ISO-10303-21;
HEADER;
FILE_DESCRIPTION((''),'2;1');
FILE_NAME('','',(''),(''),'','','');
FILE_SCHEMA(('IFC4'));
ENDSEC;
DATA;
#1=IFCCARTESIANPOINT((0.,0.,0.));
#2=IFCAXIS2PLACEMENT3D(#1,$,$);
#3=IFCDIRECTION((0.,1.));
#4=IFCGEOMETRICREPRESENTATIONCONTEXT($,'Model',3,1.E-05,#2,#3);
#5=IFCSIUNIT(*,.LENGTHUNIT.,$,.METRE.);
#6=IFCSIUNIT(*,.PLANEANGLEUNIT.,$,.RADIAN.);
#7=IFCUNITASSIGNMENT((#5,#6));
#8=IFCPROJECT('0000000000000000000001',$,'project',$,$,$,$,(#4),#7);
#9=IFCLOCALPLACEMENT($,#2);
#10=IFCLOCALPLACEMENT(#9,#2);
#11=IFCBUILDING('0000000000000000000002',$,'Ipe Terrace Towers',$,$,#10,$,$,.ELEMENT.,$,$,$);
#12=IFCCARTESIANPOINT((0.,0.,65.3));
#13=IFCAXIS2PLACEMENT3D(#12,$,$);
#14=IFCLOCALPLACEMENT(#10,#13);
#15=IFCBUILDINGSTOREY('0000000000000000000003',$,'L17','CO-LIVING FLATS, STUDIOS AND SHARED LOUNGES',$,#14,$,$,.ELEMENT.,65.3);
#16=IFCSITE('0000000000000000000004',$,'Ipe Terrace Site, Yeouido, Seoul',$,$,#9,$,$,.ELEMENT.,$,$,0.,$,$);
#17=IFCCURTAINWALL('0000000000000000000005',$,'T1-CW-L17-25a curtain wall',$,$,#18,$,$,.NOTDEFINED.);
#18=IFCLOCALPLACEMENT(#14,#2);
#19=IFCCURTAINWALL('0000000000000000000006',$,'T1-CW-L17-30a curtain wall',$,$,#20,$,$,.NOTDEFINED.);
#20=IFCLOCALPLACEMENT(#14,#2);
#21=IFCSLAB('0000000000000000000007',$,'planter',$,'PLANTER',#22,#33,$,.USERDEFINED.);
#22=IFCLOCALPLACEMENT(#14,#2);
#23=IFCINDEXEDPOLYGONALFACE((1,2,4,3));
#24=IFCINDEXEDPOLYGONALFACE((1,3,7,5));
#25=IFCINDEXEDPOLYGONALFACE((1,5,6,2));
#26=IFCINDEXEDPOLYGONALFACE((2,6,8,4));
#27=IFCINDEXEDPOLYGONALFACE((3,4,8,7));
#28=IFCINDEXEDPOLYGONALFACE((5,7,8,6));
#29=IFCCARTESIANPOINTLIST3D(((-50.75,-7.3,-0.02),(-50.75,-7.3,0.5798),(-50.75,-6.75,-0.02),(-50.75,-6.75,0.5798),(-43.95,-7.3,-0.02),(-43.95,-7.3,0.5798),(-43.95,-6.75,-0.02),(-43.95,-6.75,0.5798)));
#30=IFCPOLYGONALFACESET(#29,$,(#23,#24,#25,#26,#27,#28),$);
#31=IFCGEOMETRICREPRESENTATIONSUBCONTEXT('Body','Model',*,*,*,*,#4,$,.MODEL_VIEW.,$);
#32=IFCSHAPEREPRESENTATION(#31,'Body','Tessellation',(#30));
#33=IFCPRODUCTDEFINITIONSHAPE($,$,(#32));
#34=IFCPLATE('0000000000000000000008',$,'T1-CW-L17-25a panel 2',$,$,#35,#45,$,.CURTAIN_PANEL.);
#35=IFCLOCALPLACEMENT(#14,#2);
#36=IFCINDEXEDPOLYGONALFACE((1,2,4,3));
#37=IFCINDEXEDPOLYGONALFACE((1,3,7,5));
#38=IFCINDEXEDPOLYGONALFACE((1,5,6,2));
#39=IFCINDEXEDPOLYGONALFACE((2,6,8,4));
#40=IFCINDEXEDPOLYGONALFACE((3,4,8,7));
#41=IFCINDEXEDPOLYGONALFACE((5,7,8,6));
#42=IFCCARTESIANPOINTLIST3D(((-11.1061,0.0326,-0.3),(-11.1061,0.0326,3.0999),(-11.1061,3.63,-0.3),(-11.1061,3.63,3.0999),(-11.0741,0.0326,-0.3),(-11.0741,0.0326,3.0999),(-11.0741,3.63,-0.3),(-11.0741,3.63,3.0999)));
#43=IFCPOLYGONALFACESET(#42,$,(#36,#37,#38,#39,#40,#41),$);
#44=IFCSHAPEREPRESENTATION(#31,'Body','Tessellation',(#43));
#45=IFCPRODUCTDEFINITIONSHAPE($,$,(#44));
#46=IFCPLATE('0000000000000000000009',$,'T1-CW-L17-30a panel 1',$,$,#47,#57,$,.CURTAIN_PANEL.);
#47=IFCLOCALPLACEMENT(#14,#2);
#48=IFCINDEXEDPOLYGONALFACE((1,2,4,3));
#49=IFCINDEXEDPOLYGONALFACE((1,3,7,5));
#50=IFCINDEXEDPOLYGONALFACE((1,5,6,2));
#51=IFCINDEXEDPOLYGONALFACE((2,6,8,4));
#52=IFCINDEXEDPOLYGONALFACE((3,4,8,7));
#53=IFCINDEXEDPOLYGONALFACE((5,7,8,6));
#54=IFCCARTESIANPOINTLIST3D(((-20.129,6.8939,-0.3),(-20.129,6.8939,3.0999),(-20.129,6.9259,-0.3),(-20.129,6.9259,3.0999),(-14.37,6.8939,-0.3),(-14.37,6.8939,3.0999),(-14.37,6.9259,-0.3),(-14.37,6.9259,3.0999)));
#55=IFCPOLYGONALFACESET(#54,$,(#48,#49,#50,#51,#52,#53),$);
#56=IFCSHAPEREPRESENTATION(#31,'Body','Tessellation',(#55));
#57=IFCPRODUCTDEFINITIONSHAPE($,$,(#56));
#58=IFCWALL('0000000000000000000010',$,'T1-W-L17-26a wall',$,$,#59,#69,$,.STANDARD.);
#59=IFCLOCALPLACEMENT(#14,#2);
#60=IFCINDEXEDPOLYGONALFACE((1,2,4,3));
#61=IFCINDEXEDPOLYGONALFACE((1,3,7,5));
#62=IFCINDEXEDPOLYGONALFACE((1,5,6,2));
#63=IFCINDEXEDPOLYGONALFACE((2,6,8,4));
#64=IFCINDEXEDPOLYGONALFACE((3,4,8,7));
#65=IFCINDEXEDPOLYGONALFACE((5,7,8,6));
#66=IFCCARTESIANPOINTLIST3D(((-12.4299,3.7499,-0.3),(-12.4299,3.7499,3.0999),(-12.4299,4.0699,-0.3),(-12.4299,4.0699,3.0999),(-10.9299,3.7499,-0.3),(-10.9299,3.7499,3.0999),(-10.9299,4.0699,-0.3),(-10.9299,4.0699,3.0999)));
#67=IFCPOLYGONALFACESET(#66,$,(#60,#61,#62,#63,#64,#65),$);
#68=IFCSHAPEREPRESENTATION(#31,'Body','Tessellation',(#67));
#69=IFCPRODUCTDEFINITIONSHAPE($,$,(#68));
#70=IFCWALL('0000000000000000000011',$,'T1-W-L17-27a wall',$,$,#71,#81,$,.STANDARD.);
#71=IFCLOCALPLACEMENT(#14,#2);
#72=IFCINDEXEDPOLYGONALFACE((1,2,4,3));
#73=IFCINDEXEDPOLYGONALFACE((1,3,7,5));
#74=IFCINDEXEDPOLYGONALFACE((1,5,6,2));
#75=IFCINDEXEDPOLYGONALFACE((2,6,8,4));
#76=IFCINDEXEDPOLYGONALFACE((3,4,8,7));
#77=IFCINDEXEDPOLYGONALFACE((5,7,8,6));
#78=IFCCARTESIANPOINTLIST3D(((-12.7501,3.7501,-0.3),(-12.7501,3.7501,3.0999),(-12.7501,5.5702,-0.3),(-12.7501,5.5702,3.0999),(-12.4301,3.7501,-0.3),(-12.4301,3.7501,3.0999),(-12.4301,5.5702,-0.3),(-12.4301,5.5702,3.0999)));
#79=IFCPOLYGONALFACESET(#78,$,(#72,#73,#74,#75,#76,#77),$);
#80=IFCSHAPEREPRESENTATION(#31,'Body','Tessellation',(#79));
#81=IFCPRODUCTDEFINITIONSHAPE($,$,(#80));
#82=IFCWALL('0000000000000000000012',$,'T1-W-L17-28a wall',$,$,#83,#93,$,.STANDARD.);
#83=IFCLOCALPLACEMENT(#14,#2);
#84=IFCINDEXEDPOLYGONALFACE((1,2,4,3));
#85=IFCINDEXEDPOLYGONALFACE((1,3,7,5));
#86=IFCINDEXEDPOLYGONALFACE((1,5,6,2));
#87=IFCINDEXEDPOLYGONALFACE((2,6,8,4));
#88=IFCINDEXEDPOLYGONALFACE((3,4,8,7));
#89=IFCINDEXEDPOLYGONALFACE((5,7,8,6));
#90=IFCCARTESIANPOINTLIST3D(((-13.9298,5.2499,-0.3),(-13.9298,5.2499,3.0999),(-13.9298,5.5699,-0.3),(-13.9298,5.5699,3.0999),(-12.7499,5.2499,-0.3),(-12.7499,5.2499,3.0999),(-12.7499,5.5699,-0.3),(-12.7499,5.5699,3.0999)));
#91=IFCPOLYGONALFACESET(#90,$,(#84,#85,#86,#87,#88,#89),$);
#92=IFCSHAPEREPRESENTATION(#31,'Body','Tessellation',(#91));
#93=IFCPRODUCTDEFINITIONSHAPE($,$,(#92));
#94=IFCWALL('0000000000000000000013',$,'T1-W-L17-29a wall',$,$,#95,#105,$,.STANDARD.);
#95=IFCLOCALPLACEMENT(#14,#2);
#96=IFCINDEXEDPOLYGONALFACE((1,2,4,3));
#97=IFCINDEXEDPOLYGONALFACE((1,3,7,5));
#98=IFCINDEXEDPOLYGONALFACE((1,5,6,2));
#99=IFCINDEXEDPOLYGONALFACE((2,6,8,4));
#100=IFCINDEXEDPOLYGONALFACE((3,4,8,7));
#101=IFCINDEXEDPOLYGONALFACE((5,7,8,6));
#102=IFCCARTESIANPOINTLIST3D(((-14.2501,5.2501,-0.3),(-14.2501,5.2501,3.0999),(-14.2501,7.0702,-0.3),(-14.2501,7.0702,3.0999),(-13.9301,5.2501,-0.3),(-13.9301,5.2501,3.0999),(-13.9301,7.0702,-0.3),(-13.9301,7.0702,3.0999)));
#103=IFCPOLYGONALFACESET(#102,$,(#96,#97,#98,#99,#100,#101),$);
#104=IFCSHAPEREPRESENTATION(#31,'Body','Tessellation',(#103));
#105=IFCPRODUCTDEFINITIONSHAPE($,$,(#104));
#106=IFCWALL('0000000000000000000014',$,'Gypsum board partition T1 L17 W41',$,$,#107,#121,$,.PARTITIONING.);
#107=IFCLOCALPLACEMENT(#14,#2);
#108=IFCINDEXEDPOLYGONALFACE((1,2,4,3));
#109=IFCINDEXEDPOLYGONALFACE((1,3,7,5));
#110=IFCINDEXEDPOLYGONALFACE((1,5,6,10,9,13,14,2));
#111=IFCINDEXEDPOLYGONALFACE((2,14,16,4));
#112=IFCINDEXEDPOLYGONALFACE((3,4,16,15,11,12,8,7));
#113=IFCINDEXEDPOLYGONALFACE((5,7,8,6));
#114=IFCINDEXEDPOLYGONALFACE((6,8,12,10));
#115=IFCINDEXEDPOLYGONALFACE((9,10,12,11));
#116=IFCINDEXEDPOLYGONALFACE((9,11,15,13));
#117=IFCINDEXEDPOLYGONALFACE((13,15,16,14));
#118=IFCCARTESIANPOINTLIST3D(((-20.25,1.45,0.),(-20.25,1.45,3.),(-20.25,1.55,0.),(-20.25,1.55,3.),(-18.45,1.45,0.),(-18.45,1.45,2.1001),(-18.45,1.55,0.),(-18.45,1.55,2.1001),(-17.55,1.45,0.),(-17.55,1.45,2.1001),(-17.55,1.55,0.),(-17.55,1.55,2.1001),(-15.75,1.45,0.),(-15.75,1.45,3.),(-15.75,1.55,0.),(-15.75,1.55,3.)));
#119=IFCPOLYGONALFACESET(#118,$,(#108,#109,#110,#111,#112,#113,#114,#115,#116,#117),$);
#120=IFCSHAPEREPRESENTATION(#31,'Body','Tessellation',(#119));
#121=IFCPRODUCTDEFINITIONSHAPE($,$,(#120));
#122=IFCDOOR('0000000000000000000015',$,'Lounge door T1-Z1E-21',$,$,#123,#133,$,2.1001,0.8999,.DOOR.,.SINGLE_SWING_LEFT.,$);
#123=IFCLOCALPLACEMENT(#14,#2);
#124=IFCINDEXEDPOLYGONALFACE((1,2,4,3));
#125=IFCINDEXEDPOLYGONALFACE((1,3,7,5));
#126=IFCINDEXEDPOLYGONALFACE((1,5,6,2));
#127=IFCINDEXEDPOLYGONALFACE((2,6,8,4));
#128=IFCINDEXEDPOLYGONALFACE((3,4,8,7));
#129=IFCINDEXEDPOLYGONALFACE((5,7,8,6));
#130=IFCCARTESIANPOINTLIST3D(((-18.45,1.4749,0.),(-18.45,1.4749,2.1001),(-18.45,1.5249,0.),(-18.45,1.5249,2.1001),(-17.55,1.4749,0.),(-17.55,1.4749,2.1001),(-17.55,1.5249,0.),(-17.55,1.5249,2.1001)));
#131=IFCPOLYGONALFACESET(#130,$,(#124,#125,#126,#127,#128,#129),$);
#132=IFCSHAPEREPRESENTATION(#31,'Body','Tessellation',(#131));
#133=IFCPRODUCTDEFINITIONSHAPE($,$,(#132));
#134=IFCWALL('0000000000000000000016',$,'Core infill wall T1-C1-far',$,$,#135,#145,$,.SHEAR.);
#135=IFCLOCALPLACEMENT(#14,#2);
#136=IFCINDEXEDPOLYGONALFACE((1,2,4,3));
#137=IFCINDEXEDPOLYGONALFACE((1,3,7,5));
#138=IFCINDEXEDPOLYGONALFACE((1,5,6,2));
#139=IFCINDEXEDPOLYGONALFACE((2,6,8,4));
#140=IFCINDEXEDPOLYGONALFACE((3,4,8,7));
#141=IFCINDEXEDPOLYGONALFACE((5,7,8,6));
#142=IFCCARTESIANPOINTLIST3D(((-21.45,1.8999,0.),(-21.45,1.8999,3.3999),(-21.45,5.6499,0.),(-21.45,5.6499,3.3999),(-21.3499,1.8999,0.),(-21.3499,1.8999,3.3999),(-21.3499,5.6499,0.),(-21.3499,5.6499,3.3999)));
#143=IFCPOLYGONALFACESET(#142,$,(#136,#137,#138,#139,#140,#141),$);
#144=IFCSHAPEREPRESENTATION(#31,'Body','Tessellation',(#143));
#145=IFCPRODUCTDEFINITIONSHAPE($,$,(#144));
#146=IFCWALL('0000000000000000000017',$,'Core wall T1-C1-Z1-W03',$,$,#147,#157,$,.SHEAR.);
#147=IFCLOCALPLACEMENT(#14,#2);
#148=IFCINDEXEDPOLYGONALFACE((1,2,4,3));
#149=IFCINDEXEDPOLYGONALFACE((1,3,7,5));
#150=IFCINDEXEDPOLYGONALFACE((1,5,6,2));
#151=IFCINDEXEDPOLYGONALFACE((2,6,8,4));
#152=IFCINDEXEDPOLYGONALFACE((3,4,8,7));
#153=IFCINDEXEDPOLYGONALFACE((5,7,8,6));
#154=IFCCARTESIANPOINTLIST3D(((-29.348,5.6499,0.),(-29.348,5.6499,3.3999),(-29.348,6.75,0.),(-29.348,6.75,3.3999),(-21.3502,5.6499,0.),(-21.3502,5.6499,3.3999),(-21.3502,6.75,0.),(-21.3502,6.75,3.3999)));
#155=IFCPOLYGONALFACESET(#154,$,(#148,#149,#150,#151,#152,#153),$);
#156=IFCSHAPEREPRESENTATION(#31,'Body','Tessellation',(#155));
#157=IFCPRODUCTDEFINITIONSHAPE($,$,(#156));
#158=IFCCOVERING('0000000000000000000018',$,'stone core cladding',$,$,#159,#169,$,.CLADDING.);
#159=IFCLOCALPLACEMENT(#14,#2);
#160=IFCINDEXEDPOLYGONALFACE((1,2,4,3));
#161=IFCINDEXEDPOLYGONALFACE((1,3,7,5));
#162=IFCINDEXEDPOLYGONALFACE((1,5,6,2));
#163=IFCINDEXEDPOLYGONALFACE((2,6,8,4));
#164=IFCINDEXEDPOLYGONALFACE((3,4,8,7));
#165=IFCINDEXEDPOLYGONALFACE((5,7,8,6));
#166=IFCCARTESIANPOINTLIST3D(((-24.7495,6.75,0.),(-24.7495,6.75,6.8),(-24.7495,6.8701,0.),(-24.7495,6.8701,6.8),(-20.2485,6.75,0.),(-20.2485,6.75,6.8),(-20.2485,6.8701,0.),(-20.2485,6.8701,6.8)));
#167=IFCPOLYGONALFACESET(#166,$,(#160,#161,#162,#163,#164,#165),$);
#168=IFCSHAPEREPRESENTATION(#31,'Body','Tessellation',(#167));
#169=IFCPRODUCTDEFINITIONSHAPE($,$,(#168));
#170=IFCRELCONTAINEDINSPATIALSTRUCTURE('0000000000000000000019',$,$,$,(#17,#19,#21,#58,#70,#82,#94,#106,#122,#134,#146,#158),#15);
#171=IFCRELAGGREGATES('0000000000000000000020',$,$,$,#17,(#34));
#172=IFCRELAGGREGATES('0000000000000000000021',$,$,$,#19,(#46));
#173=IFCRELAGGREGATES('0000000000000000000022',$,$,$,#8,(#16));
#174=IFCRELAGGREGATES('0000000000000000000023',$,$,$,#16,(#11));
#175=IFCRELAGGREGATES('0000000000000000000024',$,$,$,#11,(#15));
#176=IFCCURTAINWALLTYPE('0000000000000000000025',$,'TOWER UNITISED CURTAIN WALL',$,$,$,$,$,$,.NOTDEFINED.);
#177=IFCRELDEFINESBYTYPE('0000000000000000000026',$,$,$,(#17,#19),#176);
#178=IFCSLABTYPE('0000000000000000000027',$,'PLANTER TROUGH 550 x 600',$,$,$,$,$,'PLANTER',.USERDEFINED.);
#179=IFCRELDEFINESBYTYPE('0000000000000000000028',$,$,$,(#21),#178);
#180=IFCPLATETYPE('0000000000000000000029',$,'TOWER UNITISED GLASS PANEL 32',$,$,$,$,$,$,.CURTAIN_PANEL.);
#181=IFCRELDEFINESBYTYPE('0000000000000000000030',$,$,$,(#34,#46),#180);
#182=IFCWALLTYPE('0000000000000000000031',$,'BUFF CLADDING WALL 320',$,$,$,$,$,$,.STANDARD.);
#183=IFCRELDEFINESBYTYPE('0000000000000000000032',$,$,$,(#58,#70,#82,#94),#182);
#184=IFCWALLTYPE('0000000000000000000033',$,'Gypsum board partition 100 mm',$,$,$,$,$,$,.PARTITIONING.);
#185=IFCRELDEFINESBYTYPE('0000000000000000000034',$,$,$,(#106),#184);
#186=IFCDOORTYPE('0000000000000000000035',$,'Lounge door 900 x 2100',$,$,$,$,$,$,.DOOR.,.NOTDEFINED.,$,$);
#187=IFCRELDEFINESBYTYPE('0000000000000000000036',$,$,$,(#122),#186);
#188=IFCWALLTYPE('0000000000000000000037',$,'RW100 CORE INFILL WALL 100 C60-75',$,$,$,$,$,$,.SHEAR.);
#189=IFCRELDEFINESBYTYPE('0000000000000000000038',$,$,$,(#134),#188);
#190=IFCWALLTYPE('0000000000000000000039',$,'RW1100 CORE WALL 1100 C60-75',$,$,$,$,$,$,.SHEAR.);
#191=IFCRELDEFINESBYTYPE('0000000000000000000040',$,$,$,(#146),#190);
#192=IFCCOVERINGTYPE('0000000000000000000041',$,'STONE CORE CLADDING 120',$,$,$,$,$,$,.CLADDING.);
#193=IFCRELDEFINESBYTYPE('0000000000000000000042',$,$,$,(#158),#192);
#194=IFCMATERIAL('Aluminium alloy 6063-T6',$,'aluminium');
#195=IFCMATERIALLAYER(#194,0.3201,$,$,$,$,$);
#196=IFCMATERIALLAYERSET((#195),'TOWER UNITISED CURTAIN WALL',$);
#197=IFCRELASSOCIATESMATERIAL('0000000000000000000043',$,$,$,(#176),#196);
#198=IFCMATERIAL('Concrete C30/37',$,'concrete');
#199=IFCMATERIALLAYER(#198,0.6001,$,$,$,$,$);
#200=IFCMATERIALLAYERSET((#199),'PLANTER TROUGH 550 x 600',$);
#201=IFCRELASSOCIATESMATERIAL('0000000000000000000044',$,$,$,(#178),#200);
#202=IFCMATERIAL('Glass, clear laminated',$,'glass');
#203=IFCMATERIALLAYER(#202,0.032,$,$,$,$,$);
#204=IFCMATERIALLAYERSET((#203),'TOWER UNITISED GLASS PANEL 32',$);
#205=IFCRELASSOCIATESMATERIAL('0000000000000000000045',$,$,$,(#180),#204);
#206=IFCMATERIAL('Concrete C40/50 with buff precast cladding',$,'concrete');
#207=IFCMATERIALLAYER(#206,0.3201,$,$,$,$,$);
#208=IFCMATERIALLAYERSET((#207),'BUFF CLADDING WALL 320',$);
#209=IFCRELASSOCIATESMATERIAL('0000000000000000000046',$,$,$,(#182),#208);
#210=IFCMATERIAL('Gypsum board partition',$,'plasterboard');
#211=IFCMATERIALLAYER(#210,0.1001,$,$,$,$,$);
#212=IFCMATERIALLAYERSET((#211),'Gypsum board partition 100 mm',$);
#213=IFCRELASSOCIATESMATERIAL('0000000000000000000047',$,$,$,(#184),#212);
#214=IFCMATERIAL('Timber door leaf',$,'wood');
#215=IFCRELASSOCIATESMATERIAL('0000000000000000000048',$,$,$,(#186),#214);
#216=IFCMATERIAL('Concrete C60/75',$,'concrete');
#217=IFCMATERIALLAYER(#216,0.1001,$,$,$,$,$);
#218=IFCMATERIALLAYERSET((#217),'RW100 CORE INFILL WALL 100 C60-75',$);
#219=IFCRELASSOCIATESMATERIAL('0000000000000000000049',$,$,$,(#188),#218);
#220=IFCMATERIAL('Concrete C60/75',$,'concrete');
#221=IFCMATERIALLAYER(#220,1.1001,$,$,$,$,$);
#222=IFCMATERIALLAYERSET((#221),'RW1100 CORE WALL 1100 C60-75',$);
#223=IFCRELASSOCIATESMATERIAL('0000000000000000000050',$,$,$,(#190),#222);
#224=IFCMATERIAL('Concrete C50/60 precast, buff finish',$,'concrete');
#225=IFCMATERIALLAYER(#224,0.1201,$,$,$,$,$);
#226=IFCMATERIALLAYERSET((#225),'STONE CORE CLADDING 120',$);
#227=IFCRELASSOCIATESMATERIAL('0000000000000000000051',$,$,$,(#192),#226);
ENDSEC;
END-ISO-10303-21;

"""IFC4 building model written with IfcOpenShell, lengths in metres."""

from ifc_helpers import new_model, si_unit, direction, frame, frame_2d, origin, origin_2d, place, context, subcontext, project, spatial, polyline, rectangle, outline, extrude, material, layer, layer_set, type_object, element, fill, aggregate, save


model = new_model("IFC4")

# Units and contexts
model_context = context("Model", 3, precision=1e-05, world=origin(), true_north=direction((0.0, 1.0)))
body_context = subcontext(model_context, "Body", "Model", "MODEL_VIEW")
ifc_project = project(units=[si_unit("LENGTHUNIT", "METRE"), si_unit("PLANEANGLEUNIT", "RADIAN")], contexts=[model_context])

# Site, building, storey
site_placement = place(None, origin())
site = spatial("IfcSite", under=ifc_project, at=site_placement, Name="Ipe Terrace Site, Yeouido, Seoul", CompositionType="ELEMENT", RefElevation=0.0)
building_placement = place(site_placement, origin())
building = spatial("IfcBuilding", under=site, at=building_placement, Name="Ipe Terrace Towers", CompositionType="ELEMENT")
storey_placement = place(building_placement, frame((0.0, 0.0, 65.3)))
storey = spatial("IfcBuildingStorey", under=building, at=storey_placement, Name="L17", Description="CO-LIVING FLATS, STUDIOS AND SHARED LOUNGES", CompositionType="ELEMENT", Elevation=65.3)

# Curtain wall
ifc_material_1 = material(Name="Aluminium alloy 6063-T6", Category="aluminium")
ifc_layer_1 = layer(ifc_material_1, 0.3201)
ifc_layer_set_1 = layer_set([ifc_layer_1], Name="TOWER UNITISED CURTAIN WALL")
curtain_wall_type = type_object("IfcCurtainWallType", Name="TOWER UNITISED CURTAIN WALL", PredefinedType="NOTDEFINED", material=ifc_layer_set_1)
curtain_wall_1_placement = place(storey_placement, origin())
curtain_wall_1 = element("IfcCurtainWall", 1, at=curtain_wall_1_placement, inside=storey, type_object=curtain_wall_type, Name="T1-CW-L17-25a curtain wall", PredefinedType="NOTDEFINED")

# Curtain wall
curtain_wall_2_placement = place(storey_placement, origin())
curtain_wall_2 = element("IfcCurtainWall", 2, at=curtain_wall_2_placement, inside=storey, type_object=curtain_wall_type, Name="T1-CW-L17-30a curtain wall", PredefinedType="NOTDEFINED")

# Slab
ifc_material_2 = material(Name="Concrete C30/37", Category="concrete")
ifc_layer_2 = layer(ifc_material_2, 0.6001)
ifc_layer_set_2 = layer_set([ifc_layer_2], Name="PLANTER TROUGH 550 x 600")
slab_type_1 = type_object("IfcSlabType", Name="PLANTER TROUGH 550 x 600", ElementType="PLANTER", PredefinedType="USERDEFINED", material=ifc_layer_set_2)
slab_1_placement = place(storey_placement, frame((0.0, 0.0, -0.02)))
element("IfcSlab", 3, at=slab_1_placement, inside=storey, type_object=slab_type_1, Name="planter", ObjectType="PLANTER", PredefinedType="USERDEFINED", context=body_context, shape_type="SweptSolid", body=[
    extrude(outline(polyline([(-43.95, -6.75), (-50.75, -6.75), (-50.75, -7.3), (-43.95, -7.3), (-43.95, -6.75)])), origin(), (0.0, 0.0, 1.0), 0.5999),
])

# Plates
ifc_material_3 = material(Name="Glass, clear laminated", Category="glass")
ifc_layer_3 = layer(ifc_material_3, 0.032)
ifc_layer_set_3 = layer_set([ifc_layer_3], Name="TOWER UNITISED GLASS PANEL 32")
plate_type = type_object("IfcPlateType", Name="TOWER UNITISED GLASS PANEL 32", PredefinedType="CURTAIN_PANEL", material=ifc_layer_set_3)
plate_1_placement = place(storey_placement, frame((-11.0901, 1.8313, -0.3), z_axis=(0.0, 0.0, 1.0), x_axis=(0.0, 1.0, 0.0)))
plate_1 = element("IfcPlate", 4, at=plate_1_placement, type_object=plate_type, Name="T1-CW-L17-25a panel 2", PredefinedType="CURTAIN_PANEL", context=body_context, shape_type="SweptSolid", body=[
    extrude(rectangle(XDim=3.5974, YDim=0.032, at=origin_2d()), origin(), (0.0, 0.0, 1.0), 3.3999),
])
aggregate(curtain_wall_1, [plate_1])
plate_2_placement = place(storey_placement, frame((-17.2495, 6.9099, -0.3), z_axis=(0.0, 0.0, 1.0), x_axis=(-1.0, 0.0, 0.0)))
plate_2 = element("IfcPlate", 5, at=plate_2_placement, type_object=plate_type, Name="T1-CW-L17-30a panel 1", PredefinedType="CURTAIN_PANEL", context=body_context, shape_type="SweptSolid", body=[
    extrude(rectangle(XDim=5.759, YDim=0.032, at=origin_2d()), origin(), (0.0, 0.0, 1.0), 3.3999),
])
aggregate(curtain_wall_2, [plate_2])

# Walls
ifc_material_4 = material(Name="Concrete C40/50 with buff precast cladding", Category="concrete")
ifc_layer_4 = layer(ifc_material_4, 0.3201)
ifc_layer_set_4 = layer_set([ifc_layer_4], Name="BUFF CLADDING WALL 320")
wall_type_1 = type_object("IfcWallType", Name="BUFF CLADDING WALL 320", PredefinedType="STANDARD", material=ifc_layer_set_4)
wall_1_placement = place(storey_placement, frame((-10.9299, 3.9099, -0.3), z_axis=(0.0, 0.0, 1.0), x_axis=(-1.0, 0.0, 0.0)))
element("IfcWall", 6, at=wall_1_placement, inside=storey, type_object=wall_type_1, Name="T1-W-L17-26a wall", PredefinedType="STANDARD", context=body_context, shape_type="SweptSolid", body=[
    extrude(rectangle(XDim=1.5, YDim=0.3201, at=frame_2d((0.75, 0.0))), origin(), (0.0, 0.0, 1.0), 3.3999),
])
wall_2_placement = place(storey_placement, frame((-12.5901, 3.75, -0.3), z_axis=(0.0, 0.0, 1.0), x_axis=(0.0, 1.0, 0.0)))
element("IfcWall", 7, at=wall_2_placement, inside=storey, type_object=wall_type_1, Name="T1-W-L17-27a wall", PredefinedType="STANDARD", context=body_context, shape_type="SweptSolid", body=[
    extrude(rectangle(XDim=1.8201, YDim=0.3201, at=frame_2d((0.9102, 0.0))), origin(), (0.0, 0.0, 1.0), 3.3999),
])
wall_3_placement = place(storey_placement, frame((-12.75, 5.4099, -0.3), z_axis=(0.0, 0.0, 1.0), x_axis=(-1.0, 0.0, 0.0)))
element("IfcWall", 8, at=wall_3_placement, inside=storey, type_object=wall_type_1, Name="T1-W-L17-28a wall", PredefinedType="STANDARD", context=body_context, shape_type="SweptSolid", body=[
    extrude(rectangle(XDim=1.1799, YDim=0.3201, at=frame_2d((0.5898, 0.0))), origin(), (0.0, 0.0, 1.0), 3.3999),
])
wall_4_placement = place(storey_placement, frame((-14.0901, 5.25, -0.3), z_axis=(0.0, 0.0, 1.0), x_axis=(0.0, 1.0, 0.0)))
element("IfcWall", 9, at=wall_4_placement, inside=storey, type_object=wall_type_1, Name="T1-W-L17-29a wall", PredefinedType="STANDARD", context=body_context, shape_type="SweptSolid", body=[
    extrude(rectangle(XDim=1.8201, YDim=0.3201, at=frame_2d((0.9102, 0.0))), origin(), (0.0, 0.0, 1.0), 3.3999),
])

# Wall, opening, door
ifc_material_5 = material(Name="Gypsum board partition", Category="plasterboard")
ifc_layer_5 = layer(ifc_material_5, 0.1001)
ifc_layer_set_5 = layer_set([ifc_layer_5], Name="Gypsum board partition 100 mm")
wall_type_2 = type_object("IfcWallType", Name="Gypsum board partition 100 mm", PredefinedType="PARTITIONING", material=ifc_layer_set_5)
wall_5_placement = place(storey_placement, frame((-20.25, 1.5, 0.0), z_axis=(0.0, 0.0, 1.0), x_axis=(1.0, 0.0, 0.0)))
wall_5 = element("IfcWall", 10, at=wall_5_placement, inside=storey, type_object=wall_type_2, Name="Gypsum board partition T1 L17 W41", PredefinedType="PARTITIONING", context=body_context, shape_type="SweptSolid", body=[
    extrude(rectangle(XDim=4.5, YDim=0.1001, at=frame_2d((2.25, 0.0))), origin(), (0.0, 0.0, 1.0), 3.0),
])
opening_placement = place(wall_5_placement, frame((1.8, 0.0, 0.0)))
opening = element("IfcOpeningElement", 11, at=opening_placement, cuts=wall_5, PredefinedType="OPENING", context=body_context, shape_type="SweptSolid", body=[
    extrude(rectangle(XDim=0.8999, YDim=2.1001, at=frame_2d((0.45, 1.05))), frame((0.0, 0.0601, 0.0), z_axis=(0.0, -1.0, 0.0), x_axis=(1.0, 0.0, 0.0)), (0.0, 0.0, 1.0), 0.1201),
])
ifc_material_6 = material(Name="Timber door leaf", Category="wood")
door_type = type_object("IfcDoorType", Name="Lounge door 900 x 2100", OperationType="NOTDEFINED", PredefinedType="DOOR", material=ifc_material_6)
door_placement = place(opening_placement, origin())
door = element("IfcDoor", 12, at=door_placement, inside=storey, type_object=door_type, Name="Lounge door T1-Z1E-21", OperationType="SINGLE_SWING_LEFT", OverallHeight=2.1001, OverallWidth=0.8999, PredefinedType="DOOR", context=body_context, shape_type="SweptSolid", body=[
    extrude(rectangle(XDim=0.8999, YDim=2.1001, at=frame_2d((0.45, 1.05))), frame((0.0, 0.0249, 0.0), z_axis=(0.0, -1.0, 0.0), x_axis=(1.0, 0.0, 0.0)), (0.0, 0.0, 1.0), 0.05),
])
fill(opening, door)

# Walls
ifc_material_7 = material(Name="Concrete C60/75", Category="concrete")
ifc_layer_6 = layer(ifc_material_7, 0.1001)
ifc_layer_set_6 = layer_set([ifc_layer_6], Name="RW100 CORE INFILL WALL 100 C60-75")
wall_type_3 = type_object("IfcWallType", Name="RW100 CORE INFILL WALL 100 C60-75", PredefinedType="SHEAR", material=ifc_layer_set_6)
wall_6_placement = place(storey_placement, frame((-21.3999, 1.8999, 0.0), z_axis=(0.0, 0.0, 1.0), x_axis=(0.0, 1.0, 0.0)))
element("IfcWall", 13, at=wall_6_placement, inside=storey, type_object=wall_type_3, Name="Core infill wall T1-C1-far", PredefinedType="SHEAR", context=body_context, shape_type="SweptSolid", body=[
    extrude(rectangle(XDim=3.75, YDim=0.1001, at=frame_2d((1.875, 0.0))), origin(), (0.0, 0.0, 1.0), 3.3999),
])
ifc_material_8 = material(Name="Concrete C60/75", Category="concrete")
ifc_layer_7 = layer(ifc_material_8, 1.1001)
ifc_layer_set_7 = layer_set([ifc_layer_7], Name="RW1100 CORE WALL 1100 C60-75")
wall_type_4 = type_object("IfcWallType", Name="RW1100 CORE WALL 1100 C60-75", PredefinedType="SHEAR", material=ifc_layer_set_7)
wall_7_placement = place(storey_placement, frame((-21.3501, 6.2, 0.0), z_axis=(0.0, 0.0, 1.0), x_axis=(-1.0, 0.0, 0.0)))
element("IfcWall", 14, at=wall_7_placement, inside=storey, type_object=wall_type_4, Name="Core wall T1-C1-Z1-W03", PredefinedType="SHEAR", context=body_context, shape_type="SweptSolid", body=[
    extrude(rectangle(XDim=7.9978, YDim=1.1001, at=frame_2d((3.999, 0.0))), origin(), (0.0, 0.0, 1.0), 3.3999),
])

# Covering
ifc_material_9 = material(Name="Concrete C50/60 precast, buff finish", Category="concrete")
ifc_layer_8 = layer(ifc_material_9, 0.1201)
ifc_layer_set_8 = layer_set([ifc_layer_8], Name="STONE CORE CLADDING 120")
covering_type_1 = type_object("IfcCoveringType", Name="STONE CORE CLADDING 120", PredefinedType="CLADDING", material=ifc_layer_set_8)
covering_1_placement = place(storey_placement, frame((-22.499, 6.8101, 0.0), z_axis=(0.0, 0.0, 1.0), x_axis=(-1.0, 0.0, 0.0)))
element("IfcCovering", 15, at=covering_1_placement, inside=storey, type_object=covering_type_1, Name="stone core cladding", PredefinedType="CLADDING", context=body_context, shape_type="SweptSolid", body=[
    extrude(rectangle(XDim=4.501, YDim=0.1201, at=origin_2d()), origin(), (0.0, 0.0, 1.0), 6.8),
])

save(model, "model.ifc")
